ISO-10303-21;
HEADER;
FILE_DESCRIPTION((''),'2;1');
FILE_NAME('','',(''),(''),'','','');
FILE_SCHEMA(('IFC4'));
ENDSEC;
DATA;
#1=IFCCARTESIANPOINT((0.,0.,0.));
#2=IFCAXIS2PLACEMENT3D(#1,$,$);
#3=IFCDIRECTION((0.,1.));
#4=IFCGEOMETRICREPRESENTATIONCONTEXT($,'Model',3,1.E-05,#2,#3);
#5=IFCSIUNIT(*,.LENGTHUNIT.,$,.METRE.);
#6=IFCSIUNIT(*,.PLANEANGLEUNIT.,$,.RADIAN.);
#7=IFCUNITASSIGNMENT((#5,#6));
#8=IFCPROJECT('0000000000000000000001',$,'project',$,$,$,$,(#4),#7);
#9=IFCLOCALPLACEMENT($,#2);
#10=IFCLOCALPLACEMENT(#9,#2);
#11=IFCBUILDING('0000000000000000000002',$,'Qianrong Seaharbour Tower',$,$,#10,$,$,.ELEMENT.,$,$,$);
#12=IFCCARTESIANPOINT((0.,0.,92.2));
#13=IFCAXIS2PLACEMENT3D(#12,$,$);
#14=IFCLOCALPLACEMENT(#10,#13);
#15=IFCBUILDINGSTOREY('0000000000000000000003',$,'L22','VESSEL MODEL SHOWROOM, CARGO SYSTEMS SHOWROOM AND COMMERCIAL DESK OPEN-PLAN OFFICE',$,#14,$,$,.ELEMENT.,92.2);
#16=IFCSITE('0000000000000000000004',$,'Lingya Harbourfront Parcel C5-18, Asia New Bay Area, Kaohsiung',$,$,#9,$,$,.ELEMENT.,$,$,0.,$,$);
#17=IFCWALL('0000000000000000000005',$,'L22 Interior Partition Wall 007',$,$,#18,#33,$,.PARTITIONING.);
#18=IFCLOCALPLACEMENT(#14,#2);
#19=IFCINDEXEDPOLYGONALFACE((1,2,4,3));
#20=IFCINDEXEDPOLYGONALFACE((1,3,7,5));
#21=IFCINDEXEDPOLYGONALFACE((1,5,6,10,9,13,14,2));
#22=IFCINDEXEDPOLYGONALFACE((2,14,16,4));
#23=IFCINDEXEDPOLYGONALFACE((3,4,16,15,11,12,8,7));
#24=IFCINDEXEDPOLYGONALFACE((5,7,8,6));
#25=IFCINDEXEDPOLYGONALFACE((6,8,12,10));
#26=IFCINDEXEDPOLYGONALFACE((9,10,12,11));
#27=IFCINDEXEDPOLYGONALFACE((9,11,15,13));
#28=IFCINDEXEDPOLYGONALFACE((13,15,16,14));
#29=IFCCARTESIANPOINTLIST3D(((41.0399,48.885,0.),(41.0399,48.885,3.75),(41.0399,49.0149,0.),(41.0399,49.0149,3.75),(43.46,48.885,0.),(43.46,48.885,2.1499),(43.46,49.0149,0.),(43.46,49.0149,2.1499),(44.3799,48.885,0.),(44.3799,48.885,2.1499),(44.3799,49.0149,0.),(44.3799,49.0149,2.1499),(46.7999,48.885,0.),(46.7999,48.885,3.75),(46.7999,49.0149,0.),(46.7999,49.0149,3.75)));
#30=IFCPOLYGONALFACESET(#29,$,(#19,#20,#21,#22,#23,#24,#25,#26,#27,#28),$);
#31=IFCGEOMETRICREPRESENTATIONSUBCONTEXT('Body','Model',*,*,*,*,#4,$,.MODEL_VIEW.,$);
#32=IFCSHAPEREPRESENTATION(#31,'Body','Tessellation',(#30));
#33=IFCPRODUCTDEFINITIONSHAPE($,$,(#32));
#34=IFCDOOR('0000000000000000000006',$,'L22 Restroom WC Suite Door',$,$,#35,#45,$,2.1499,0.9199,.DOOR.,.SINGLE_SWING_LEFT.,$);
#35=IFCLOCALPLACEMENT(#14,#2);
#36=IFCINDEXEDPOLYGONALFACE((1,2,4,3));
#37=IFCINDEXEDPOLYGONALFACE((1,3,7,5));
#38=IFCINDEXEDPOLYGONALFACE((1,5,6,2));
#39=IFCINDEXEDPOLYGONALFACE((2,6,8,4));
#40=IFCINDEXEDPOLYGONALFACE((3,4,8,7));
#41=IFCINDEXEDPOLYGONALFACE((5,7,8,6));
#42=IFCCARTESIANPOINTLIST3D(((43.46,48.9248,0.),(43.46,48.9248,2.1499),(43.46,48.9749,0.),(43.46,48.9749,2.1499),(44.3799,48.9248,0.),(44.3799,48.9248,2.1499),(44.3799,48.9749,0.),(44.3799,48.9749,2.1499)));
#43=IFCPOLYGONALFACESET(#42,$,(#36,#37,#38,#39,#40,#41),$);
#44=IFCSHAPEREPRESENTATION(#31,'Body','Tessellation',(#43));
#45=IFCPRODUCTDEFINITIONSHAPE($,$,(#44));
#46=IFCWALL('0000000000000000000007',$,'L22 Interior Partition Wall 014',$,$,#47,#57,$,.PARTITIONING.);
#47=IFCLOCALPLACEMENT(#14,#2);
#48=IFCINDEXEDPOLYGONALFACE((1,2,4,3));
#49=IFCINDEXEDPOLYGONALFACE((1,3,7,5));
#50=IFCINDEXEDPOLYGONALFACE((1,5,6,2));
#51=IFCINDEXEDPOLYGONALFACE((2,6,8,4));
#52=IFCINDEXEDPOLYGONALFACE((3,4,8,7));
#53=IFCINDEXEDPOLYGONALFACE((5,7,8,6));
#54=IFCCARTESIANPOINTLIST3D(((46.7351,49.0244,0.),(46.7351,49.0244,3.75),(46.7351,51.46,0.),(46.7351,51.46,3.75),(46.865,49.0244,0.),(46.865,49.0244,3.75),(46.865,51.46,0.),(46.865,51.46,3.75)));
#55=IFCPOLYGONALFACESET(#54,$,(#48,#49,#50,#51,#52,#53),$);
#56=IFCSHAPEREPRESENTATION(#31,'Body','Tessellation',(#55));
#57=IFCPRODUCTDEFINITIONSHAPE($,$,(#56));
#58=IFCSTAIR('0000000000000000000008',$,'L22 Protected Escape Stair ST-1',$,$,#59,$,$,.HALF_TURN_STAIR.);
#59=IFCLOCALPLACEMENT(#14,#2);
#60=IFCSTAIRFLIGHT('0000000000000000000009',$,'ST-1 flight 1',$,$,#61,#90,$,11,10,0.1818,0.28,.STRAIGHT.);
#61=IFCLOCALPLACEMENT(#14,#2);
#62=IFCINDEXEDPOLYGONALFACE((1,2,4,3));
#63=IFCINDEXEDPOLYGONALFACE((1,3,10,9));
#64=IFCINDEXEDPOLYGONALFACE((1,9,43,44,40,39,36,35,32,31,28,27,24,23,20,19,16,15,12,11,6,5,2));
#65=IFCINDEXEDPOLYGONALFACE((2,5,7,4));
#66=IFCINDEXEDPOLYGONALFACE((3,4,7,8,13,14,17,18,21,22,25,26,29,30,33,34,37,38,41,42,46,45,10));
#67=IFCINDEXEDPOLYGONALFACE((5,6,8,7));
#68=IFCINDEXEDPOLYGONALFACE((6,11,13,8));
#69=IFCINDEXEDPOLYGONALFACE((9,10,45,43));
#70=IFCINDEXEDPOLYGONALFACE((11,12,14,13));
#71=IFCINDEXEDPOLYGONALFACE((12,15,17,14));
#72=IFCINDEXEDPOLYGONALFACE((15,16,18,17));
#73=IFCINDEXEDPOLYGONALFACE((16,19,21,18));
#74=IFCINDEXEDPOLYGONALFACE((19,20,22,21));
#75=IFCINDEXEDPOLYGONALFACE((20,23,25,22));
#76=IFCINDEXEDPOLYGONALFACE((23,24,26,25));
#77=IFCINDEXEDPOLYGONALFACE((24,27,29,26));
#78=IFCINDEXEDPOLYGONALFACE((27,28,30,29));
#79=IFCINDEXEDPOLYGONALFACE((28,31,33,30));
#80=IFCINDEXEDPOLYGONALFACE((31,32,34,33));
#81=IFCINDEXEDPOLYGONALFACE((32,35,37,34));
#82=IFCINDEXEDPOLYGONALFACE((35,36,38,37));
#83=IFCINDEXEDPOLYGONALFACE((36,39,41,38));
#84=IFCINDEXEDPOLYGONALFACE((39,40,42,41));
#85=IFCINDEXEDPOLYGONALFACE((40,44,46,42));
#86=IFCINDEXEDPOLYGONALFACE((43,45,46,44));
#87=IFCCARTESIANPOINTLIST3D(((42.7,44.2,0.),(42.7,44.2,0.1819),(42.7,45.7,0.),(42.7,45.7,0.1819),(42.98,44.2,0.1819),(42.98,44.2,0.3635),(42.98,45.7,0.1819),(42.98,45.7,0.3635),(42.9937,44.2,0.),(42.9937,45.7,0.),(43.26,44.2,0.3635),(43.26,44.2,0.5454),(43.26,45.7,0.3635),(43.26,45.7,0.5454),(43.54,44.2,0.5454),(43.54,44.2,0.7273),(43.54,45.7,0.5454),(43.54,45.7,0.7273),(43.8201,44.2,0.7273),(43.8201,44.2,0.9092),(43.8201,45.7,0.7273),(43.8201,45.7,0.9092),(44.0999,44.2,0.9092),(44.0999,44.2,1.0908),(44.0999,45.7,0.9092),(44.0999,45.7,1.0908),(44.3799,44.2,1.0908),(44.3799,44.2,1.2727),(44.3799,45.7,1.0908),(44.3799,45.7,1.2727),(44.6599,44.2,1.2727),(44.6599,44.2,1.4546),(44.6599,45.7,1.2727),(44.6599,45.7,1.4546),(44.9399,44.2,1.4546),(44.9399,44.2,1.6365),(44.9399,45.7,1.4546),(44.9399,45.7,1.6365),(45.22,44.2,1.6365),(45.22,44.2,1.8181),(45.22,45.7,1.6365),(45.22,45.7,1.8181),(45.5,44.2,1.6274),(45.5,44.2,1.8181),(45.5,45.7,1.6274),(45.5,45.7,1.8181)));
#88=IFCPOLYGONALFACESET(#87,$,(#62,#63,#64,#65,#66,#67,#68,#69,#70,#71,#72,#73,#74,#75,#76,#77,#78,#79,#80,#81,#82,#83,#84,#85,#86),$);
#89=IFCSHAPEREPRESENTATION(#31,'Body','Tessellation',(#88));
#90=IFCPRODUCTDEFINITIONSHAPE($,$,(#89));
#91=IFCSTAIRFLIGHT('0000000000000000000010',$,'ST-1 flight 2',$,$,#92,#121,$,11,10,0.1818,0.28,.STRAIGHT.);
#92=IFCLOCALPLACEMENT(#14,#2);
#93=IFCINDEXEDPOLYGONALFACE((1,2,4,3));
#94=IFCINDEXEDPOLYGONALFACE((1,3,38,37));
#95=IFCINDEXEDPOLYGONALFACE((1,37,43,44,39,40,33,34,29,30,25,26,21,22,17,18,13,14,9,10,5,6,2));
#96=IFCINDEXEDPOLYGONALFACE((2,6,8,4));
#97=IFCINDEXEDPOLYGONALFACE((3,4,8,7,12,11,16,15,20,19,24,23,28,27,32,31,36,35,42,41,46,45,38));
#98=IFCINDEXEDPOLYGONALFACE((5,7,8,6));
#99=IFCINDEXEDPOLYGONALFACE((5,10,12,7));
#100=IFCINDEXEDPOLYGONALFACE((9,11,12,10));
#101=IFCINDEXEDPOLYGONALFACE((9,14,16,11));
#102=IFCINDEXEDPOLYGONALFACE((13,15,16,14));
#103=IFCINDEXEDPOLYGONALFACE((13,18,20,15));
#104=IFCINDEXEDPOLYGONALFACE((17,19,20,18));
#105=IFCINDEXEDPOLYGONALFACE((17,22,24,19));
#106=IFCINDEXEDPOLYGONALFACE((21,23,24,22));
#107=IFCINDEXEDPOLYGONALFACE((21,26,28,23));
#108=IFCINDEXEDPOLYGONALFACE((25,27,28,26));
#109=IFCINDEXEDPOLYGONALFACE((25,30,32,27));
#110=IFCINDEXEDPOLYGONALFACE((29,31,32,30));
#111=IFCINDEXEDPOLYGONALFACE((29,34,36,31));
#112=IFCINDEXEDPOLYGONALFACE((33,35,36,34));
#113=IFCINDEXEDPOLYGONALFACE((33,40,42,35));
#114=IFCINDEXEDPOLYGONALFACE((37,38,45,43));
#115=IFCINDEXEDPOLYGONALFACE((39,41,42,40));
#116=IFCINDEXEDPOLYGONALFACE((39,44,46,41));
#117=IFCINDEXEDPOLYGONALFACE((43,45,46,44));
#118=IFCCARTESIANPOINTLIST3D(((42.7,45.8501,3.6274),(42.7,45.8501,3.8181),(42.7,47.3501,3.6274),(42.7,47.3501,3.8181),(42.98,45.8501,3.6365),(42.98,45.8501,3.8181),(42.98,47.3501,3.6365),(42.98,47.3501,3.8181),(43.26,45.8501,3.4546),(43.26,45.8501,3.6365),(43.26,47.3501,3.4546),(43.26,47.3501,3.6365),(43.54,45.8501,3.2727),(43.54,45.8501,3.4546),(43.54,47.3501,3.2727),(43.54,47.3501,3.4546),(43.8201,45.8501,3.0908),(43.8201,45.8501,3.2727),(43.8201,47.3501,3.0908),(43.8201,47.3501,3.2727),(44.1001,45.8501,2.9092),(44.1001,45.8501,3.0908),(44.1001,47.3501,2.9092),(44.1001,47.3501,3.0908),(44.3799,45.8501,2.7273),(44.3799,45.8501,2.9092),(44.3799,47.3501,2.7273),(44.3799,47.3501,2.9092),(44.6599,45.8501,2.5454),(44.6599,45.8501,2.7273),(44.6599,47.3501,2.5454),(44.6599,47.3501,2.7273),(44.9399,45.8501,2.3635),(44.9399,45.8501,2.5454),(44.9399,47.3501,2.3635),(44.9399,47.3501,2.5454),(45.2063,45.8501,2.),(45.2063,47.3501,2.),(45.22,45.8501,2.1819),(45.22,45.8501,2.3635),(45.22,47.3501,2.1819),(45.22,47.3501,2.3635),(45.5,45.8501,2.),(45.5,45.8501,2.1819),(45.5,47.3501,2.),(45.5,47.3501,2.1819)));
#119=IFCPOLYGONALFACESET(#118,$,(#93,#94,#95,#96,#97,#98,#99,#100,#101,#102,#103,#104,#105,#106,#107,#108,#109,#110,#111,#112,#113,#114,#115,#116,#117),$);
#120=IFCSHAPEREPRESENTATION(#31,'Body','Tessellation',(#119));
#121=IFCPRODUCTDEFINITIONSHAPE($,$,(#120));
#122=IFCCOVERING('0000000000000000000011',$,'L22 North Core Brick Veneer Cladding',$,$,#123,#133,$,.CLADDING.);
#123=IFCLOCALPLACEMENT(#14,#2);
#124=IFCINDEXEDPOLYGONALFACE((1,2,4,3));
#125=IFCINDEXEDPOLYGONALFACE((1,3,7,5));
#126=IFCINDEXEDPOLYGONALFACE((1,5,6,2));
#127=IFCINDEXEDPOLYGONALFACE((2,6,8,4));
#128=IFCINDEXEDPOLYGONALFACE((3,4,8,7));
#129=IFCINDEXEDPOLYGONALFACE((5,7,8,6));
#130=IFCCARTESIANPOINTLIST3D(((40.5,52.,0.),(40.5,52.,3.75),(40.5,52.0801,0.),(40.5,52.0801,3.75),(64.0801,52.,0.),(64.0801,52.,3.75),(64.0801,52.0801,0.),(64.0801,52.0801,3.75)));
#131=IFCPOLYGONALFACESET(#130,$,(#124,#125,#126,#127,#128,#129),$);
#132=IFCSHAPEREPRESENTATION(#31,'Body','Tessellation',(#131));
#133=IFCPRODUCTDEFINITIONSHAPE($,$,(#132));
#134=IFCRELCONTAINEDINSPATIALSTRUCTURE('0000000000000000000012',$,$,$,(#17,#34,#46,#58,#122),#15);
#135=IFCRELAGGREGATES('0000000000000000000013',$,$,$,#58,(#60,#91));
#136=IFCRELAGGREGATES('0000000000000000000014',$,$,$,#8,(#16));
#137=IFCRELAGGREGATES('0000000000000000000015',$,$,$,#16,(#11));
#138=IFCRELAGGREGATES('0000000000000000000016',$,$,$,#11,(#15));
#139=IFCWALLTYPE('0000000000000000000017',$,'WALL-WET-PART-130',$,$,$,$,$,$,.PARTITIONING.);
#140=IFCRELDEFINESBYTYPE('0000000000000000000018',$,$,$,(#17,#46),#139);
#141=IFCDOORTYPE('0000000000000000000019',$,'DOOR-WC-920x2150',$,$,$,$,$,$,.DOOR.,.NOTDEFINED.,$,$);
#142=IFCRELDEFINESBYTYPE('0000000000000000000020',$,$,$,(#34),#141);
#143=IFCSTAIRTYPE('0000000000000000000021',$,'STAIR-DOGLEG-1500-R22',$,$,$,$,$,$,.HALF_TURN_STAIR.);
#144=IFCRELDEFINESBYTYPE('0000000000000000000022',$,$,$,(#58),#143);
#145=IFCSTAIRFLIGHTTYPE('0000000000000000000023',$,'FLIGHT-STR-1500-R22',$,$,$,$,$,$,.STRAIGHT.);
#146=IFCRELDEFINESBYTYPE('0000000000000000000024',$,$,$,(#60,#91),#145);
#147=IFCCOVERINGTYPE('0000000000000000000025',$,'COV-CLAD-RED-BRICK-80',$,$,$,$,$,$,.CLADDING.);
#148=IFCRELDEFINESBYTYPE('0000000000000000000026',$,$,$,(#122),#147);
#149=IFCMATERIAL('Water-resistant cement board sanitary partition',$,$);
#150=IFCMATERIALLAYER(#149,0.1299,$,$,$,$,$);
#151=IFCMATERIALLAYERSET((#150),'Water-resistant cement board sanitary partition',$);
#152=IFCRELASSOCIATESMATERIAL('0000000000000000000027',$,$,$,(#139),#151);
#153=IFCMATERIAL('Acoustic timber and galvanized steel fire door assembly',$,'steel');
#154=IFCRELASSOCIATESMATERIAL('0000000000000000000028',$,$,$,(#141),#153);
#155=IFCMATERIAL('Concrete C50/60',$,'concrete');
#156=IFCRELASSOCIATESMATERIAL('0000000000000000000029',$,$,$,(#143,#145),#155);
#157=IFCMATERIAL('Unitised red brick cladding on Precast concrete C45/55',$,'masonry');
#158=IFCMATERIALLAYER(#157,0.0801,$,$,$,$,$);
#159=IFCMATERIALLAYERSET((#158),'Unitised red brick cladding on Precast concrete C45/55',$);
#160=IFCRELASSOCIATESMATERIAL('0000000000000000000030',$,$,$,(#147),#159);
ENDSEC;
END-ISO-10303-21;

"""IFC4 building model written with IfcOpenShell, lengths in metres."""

from ifc_helpers import new_model, si_unit, direction, frame, frame_2d, origin, origin_2d, place, context, subcontext, project, spatial, polyline, rectangle, outline, extrude, material, layer, layer_set, type_object, element, fill, aggregate, save


model = new_model("IFC4")

# Units and contexts
model_context = context("Model", 3, precision=1e-05, world=origin(), true_north=direction((0.0, 1.0)))
body_context = subcontext(model_context, "Body", "Model", "MODEL_VIEW")
ifc_project = project(units=[si_unit("LENGTHUNIT", "METRE"), si_unit("PLANEANGLEUNIT", "RADIAN")], contexts=[model_context])

# Site, building, storey
site_placement = place(None, origin())
site = spatial("IfcSite", under=ifc_project, at=site_placement, Name="Lingya Harbourfront Parcel C5-18, Asia New Bay Area, Kaohsiung", CompositionType="ELEMENT", RefElevation=0.0)
building_placement = place(site_placement, origin())
building = spatial("IfcBuilding", under=site, at=building_placement, Name="Qianrong Seaharbour Tower", CompositionType="ELEMENT")
storey_placement = place(building_placement, frame((0.0, 0.0, 92.2)))
storey = spatial("IfcBuildingStorey", under=building, at=storey_placement, Name="L22", Description="VESSEL MODEL SHOWROOM, CARGO SYSTEMS SHOWROOM AND COMMERCIAL DESK OPEN-PLAN OFFICE", CompositionType="ELEMENT", Elevation=92.2)

# Shared definitions
ifc_material_1 = material(Name="Acoustic timber and galvanized steel fire door assembly", Category="steel")

# Wall, opening, door
ifc_material_2 = material(Name="Concrete C50/60", Category="concrete")
ifc_material_3 = material(Name="Water-resistant cement board sanitary partition")
ifc_layer_1 = layer(ifc_material_3, 0.1299)
ifc_layer_set_1 = layer_set([ifc_layer_1], Name="Water-resistant cement board sanitary partition")
wall_type_1 = type_object("IfcWallType", Name="WALL-WET-PART-130", PredefinedType="PARTITIONING", material=ifc_layer_set_1)
wall_1_placement = place(storey_placement, frame((41.04, 48.95, 0.0), z_axis=(0.0, 0.0, 1.0), x_axis=(1.0, 0.0, 0.0)))
wall_1 = element("IfcWall", 1, at=wall_1_placement, inside=storey, type_object=wall_type_1, Name="L22 Interior Partition Wall 007", PredefinedType="PARTITIONING", context=body_context, shape_type="SweptSolid", body=[
    extrude(rectangle(XDim=5.76, YDim=0.1299, at=frame_2d((2.8799, 0.0))), origin(), (0.0, 0.0, 1.0), 3.75),
])
opening_1_placement = place(wall_1_placement, frame((2.4199, 0.0, 0.0)))
opening_1 = element("IfcOpeningElement", 2, at=opening_1_placement, cuts=wall_1, PredefinedType="OPENING", context=body_context, shape_type="SweptSolid", body=[
    extrude(rectangle(XDim=0.9199, YDim=2.1499, at=frame_2d((0.46, 1.075))), frame((0.0, 0.075, 0.0), z_axis=(0.0, -1.0, 0.0), x_axis=(1.0, 0.0, 0.0)), (0.0, 0.0, 1.0), 0.1499),
])
door_type_1 = type_object("IfcDoorType", Name="DOOR-WC-920x2150", OperationType="NOTDEFINED", PredefinedType="DOOR", material=ifc_material_1)
door_1_placement = place(opening_1_placement, origin())
door_1 = element("IfcDoor", 3, at=door_1_placement, inside=storey, type_object=door_type_1, Name="L22 Restroom WC Suite Door", OperationType="SINGLE_SWING_LEFT", OverallHeight=2.1499, OverallWidth=0.9199, PredefinedType="DOOR", context=body_context, shape_type="SweptSolid", body=[
    extrude(rectangle(XDim=0.9199, YDim=2.1499, at=frame_2d((0.46, 1.075))), frame((0.0, 0.0249, 0.0), z_axis=(0.0, -1.0, 0.0), x_axis=(1.0, 0.0, 0.0)), (0.0, 0.0, 1.0), 0.05),
])
fill(opening_1, door_1)

# Wall
wall_2_placement = place(storey_placement, frame((46.8, 51.46, 0.0), z_axis=(0.0, 0.0, 1.0), x_axis=(0.0, -1.0, 0.0)))
element("IfcWall", 4, at=wall_2_placement, inside=storey, type_object=wall_type_1, Name="L22 Interior Partition Wall 014", PredefinedType="PARTITIONING", context=body_context, shape_type="SweptSolid", body=[
    extrude(rectangle(XDim=2.4355, YDim=0.1299, at=frame_2d((1.2178, 0.0))), origin(), (0.0, 0.0, 1.0), 3.75),
])

# Stair, stair flights
stair_type = type_object("IfcStairType", Name="STAIR-DOGLEG-1500-R22", PredefinedType="HALF_TURN_STAIR", material=ifc_material_2)
stair_placement = place(storey_placement, origin())
stair = element("IfcStair", 5, at=stair_placement, inside=storey, type_object=stair_type, Name="L22 Protected Escape Stair ST-1", PredefinedType="HALF_TURN_STAIR")
stair_flight_type = type_object("IfcStairFlightType", Name="FLIGHT-STR-1500-R22", PredefinedType="STRAIGHT", material=ifc_material_2)
stair_flight_1_placement = place(storey_placement, frame((42.7, 44.95, 0.0), z_axis=(0.0, 0.0, 1.0), x_axis=(1.0, 0.0, 0.0)))
stair_flight_1 = element("IfcStairFlight", 6, at=stair_flight_1_placement, type_object=stair_flight_type, Name="ST-1 flight 1", NumberOfRisers=11, NumberOfTreads=10, PredefinedType="STRAIGHT", RiserHeight=0.1818, TreadLength=0.28, context=body_context, shape_type="SweptSolid", body=[
    extrude(outline(polyline([(0.0, 0.0), (0.0, 0.1819), (0.28, 0.1819), (0.28, 0.3635), (0.5601, 0.3635), (0.5601, 0.5454), (0.8401, 0.5454), (0.8401, 0.7273), (1.1201, 0.7273), (1.1201, 0.9092), (1.3999, 0.9092), (1.3999, 1.0908), (1.6799, 1.0908), (1.6799, 1.2727), (1.96, 1.2727), (1.96, 1.4546), (2.24, 1.4546), (2.24, 1.6365), (2.52, 1.6365), (2.52, 1.8181), (2.8, 1.8181), (2.8, 2.0), (2.8, 1.6274), (0.2937, 0.0), (0.0, 0.0)])), frame((0.0, 0.75, 0.0), z_axis=(0.0, -1.0, 0.0), x_axis=(1.0, 0.0, 0.0)), (0.0, 0.0, 1.0), 1.5),
])
stair_flight_2_placement = place(storey_placement, frame((45.5, 46.6001, 2.0), z_axis=(0.0, 0.0, 1.0), x_axis=(-1.0, 0.0, 0.0)))
stair_flight_2 = element("IfcStairFlight", 7, at=stair_flight_2_placement, type_object=stair_flight_type, Name="ST-1 flight 2", NumberOfRisers=11, NumberOfTreads=10, PredefinedType="STRAIGHT", RiserHeight=0.1818, TreadLength=0.28, context=body_context, shape_type="SweptSolid", body=[
    extrude(outline(polyline([(0.0, 0.0), (0.0, 0.1819), (0.28, 0.1819), (0.28, 0.3635), (0.5601, 0.3635), (0.5601, 0.5454), (0.8401, 0.5454), (0.8401, 0.7273), (1.1201, 0.7273), (1.1201, 0.9092), (1.3999, 0.9092), (1.3999, 1.0908), (1.6799, 1.0908), (1.6799, 1.2727), (1.96, 1.2727), (1.96, 1.4546), (2.24, 1.4546), (2.24, 1.6365), (2.52, 1.6365), (2.52, 1.8181), (2.8, 1.8181), (2.8, 2.0), (2.8, 1.6274), (0.2937, 0.0), (0.0, 0.0)])), frame((0.0, 0.75, 0.0), z_axis=(0.0, -1.0, 0.0), x_axis=(1.0, 0.0, 0.0)), (0.0, 0.0, 1.0), 1.5),
])
aggregate(stair, [stair_flight_1, stair_flight_2])

# Covering
ifc_material_4 = material(Name="Unitised red brick cladding on Precast concrete C45/55", Category="masonry")
ifc_layer_2 = layer(ifc_material_4, 0.0801)
ifc_layer_set_2 = layer_set([ifc_layer_2], Name="Unitised red brick cladding on Precast concrete C45/55")
covering_type = type_object("IfcCoveringType", Name="COV-CLAD-RED-BRICK-80", PredefinedType="CLADDING", material=ifc_layer_set_2)
covering_placement = place(storey_placement, frame((52.29, 52.04, 0.0), z_axis=(0.0, 0.0, 1.0), x_axis=(1.0, 0.0, 0.0)))
element("IfcCovering", 8, at=covering_placement, inside=storey, type_object=covering_type, Name="L22 North Core Brick Veneer Cladding", PredefinedType="CLADDING", context=body_context, shape_type="SweptSolid", body=[
    extrude(rectangle(XDim=23.5801, YDim=0.0801, at=origin_2d()), origin(), (0.0, 0.0, 1.0), 3.75),
])

save(model, "model.ifc")
